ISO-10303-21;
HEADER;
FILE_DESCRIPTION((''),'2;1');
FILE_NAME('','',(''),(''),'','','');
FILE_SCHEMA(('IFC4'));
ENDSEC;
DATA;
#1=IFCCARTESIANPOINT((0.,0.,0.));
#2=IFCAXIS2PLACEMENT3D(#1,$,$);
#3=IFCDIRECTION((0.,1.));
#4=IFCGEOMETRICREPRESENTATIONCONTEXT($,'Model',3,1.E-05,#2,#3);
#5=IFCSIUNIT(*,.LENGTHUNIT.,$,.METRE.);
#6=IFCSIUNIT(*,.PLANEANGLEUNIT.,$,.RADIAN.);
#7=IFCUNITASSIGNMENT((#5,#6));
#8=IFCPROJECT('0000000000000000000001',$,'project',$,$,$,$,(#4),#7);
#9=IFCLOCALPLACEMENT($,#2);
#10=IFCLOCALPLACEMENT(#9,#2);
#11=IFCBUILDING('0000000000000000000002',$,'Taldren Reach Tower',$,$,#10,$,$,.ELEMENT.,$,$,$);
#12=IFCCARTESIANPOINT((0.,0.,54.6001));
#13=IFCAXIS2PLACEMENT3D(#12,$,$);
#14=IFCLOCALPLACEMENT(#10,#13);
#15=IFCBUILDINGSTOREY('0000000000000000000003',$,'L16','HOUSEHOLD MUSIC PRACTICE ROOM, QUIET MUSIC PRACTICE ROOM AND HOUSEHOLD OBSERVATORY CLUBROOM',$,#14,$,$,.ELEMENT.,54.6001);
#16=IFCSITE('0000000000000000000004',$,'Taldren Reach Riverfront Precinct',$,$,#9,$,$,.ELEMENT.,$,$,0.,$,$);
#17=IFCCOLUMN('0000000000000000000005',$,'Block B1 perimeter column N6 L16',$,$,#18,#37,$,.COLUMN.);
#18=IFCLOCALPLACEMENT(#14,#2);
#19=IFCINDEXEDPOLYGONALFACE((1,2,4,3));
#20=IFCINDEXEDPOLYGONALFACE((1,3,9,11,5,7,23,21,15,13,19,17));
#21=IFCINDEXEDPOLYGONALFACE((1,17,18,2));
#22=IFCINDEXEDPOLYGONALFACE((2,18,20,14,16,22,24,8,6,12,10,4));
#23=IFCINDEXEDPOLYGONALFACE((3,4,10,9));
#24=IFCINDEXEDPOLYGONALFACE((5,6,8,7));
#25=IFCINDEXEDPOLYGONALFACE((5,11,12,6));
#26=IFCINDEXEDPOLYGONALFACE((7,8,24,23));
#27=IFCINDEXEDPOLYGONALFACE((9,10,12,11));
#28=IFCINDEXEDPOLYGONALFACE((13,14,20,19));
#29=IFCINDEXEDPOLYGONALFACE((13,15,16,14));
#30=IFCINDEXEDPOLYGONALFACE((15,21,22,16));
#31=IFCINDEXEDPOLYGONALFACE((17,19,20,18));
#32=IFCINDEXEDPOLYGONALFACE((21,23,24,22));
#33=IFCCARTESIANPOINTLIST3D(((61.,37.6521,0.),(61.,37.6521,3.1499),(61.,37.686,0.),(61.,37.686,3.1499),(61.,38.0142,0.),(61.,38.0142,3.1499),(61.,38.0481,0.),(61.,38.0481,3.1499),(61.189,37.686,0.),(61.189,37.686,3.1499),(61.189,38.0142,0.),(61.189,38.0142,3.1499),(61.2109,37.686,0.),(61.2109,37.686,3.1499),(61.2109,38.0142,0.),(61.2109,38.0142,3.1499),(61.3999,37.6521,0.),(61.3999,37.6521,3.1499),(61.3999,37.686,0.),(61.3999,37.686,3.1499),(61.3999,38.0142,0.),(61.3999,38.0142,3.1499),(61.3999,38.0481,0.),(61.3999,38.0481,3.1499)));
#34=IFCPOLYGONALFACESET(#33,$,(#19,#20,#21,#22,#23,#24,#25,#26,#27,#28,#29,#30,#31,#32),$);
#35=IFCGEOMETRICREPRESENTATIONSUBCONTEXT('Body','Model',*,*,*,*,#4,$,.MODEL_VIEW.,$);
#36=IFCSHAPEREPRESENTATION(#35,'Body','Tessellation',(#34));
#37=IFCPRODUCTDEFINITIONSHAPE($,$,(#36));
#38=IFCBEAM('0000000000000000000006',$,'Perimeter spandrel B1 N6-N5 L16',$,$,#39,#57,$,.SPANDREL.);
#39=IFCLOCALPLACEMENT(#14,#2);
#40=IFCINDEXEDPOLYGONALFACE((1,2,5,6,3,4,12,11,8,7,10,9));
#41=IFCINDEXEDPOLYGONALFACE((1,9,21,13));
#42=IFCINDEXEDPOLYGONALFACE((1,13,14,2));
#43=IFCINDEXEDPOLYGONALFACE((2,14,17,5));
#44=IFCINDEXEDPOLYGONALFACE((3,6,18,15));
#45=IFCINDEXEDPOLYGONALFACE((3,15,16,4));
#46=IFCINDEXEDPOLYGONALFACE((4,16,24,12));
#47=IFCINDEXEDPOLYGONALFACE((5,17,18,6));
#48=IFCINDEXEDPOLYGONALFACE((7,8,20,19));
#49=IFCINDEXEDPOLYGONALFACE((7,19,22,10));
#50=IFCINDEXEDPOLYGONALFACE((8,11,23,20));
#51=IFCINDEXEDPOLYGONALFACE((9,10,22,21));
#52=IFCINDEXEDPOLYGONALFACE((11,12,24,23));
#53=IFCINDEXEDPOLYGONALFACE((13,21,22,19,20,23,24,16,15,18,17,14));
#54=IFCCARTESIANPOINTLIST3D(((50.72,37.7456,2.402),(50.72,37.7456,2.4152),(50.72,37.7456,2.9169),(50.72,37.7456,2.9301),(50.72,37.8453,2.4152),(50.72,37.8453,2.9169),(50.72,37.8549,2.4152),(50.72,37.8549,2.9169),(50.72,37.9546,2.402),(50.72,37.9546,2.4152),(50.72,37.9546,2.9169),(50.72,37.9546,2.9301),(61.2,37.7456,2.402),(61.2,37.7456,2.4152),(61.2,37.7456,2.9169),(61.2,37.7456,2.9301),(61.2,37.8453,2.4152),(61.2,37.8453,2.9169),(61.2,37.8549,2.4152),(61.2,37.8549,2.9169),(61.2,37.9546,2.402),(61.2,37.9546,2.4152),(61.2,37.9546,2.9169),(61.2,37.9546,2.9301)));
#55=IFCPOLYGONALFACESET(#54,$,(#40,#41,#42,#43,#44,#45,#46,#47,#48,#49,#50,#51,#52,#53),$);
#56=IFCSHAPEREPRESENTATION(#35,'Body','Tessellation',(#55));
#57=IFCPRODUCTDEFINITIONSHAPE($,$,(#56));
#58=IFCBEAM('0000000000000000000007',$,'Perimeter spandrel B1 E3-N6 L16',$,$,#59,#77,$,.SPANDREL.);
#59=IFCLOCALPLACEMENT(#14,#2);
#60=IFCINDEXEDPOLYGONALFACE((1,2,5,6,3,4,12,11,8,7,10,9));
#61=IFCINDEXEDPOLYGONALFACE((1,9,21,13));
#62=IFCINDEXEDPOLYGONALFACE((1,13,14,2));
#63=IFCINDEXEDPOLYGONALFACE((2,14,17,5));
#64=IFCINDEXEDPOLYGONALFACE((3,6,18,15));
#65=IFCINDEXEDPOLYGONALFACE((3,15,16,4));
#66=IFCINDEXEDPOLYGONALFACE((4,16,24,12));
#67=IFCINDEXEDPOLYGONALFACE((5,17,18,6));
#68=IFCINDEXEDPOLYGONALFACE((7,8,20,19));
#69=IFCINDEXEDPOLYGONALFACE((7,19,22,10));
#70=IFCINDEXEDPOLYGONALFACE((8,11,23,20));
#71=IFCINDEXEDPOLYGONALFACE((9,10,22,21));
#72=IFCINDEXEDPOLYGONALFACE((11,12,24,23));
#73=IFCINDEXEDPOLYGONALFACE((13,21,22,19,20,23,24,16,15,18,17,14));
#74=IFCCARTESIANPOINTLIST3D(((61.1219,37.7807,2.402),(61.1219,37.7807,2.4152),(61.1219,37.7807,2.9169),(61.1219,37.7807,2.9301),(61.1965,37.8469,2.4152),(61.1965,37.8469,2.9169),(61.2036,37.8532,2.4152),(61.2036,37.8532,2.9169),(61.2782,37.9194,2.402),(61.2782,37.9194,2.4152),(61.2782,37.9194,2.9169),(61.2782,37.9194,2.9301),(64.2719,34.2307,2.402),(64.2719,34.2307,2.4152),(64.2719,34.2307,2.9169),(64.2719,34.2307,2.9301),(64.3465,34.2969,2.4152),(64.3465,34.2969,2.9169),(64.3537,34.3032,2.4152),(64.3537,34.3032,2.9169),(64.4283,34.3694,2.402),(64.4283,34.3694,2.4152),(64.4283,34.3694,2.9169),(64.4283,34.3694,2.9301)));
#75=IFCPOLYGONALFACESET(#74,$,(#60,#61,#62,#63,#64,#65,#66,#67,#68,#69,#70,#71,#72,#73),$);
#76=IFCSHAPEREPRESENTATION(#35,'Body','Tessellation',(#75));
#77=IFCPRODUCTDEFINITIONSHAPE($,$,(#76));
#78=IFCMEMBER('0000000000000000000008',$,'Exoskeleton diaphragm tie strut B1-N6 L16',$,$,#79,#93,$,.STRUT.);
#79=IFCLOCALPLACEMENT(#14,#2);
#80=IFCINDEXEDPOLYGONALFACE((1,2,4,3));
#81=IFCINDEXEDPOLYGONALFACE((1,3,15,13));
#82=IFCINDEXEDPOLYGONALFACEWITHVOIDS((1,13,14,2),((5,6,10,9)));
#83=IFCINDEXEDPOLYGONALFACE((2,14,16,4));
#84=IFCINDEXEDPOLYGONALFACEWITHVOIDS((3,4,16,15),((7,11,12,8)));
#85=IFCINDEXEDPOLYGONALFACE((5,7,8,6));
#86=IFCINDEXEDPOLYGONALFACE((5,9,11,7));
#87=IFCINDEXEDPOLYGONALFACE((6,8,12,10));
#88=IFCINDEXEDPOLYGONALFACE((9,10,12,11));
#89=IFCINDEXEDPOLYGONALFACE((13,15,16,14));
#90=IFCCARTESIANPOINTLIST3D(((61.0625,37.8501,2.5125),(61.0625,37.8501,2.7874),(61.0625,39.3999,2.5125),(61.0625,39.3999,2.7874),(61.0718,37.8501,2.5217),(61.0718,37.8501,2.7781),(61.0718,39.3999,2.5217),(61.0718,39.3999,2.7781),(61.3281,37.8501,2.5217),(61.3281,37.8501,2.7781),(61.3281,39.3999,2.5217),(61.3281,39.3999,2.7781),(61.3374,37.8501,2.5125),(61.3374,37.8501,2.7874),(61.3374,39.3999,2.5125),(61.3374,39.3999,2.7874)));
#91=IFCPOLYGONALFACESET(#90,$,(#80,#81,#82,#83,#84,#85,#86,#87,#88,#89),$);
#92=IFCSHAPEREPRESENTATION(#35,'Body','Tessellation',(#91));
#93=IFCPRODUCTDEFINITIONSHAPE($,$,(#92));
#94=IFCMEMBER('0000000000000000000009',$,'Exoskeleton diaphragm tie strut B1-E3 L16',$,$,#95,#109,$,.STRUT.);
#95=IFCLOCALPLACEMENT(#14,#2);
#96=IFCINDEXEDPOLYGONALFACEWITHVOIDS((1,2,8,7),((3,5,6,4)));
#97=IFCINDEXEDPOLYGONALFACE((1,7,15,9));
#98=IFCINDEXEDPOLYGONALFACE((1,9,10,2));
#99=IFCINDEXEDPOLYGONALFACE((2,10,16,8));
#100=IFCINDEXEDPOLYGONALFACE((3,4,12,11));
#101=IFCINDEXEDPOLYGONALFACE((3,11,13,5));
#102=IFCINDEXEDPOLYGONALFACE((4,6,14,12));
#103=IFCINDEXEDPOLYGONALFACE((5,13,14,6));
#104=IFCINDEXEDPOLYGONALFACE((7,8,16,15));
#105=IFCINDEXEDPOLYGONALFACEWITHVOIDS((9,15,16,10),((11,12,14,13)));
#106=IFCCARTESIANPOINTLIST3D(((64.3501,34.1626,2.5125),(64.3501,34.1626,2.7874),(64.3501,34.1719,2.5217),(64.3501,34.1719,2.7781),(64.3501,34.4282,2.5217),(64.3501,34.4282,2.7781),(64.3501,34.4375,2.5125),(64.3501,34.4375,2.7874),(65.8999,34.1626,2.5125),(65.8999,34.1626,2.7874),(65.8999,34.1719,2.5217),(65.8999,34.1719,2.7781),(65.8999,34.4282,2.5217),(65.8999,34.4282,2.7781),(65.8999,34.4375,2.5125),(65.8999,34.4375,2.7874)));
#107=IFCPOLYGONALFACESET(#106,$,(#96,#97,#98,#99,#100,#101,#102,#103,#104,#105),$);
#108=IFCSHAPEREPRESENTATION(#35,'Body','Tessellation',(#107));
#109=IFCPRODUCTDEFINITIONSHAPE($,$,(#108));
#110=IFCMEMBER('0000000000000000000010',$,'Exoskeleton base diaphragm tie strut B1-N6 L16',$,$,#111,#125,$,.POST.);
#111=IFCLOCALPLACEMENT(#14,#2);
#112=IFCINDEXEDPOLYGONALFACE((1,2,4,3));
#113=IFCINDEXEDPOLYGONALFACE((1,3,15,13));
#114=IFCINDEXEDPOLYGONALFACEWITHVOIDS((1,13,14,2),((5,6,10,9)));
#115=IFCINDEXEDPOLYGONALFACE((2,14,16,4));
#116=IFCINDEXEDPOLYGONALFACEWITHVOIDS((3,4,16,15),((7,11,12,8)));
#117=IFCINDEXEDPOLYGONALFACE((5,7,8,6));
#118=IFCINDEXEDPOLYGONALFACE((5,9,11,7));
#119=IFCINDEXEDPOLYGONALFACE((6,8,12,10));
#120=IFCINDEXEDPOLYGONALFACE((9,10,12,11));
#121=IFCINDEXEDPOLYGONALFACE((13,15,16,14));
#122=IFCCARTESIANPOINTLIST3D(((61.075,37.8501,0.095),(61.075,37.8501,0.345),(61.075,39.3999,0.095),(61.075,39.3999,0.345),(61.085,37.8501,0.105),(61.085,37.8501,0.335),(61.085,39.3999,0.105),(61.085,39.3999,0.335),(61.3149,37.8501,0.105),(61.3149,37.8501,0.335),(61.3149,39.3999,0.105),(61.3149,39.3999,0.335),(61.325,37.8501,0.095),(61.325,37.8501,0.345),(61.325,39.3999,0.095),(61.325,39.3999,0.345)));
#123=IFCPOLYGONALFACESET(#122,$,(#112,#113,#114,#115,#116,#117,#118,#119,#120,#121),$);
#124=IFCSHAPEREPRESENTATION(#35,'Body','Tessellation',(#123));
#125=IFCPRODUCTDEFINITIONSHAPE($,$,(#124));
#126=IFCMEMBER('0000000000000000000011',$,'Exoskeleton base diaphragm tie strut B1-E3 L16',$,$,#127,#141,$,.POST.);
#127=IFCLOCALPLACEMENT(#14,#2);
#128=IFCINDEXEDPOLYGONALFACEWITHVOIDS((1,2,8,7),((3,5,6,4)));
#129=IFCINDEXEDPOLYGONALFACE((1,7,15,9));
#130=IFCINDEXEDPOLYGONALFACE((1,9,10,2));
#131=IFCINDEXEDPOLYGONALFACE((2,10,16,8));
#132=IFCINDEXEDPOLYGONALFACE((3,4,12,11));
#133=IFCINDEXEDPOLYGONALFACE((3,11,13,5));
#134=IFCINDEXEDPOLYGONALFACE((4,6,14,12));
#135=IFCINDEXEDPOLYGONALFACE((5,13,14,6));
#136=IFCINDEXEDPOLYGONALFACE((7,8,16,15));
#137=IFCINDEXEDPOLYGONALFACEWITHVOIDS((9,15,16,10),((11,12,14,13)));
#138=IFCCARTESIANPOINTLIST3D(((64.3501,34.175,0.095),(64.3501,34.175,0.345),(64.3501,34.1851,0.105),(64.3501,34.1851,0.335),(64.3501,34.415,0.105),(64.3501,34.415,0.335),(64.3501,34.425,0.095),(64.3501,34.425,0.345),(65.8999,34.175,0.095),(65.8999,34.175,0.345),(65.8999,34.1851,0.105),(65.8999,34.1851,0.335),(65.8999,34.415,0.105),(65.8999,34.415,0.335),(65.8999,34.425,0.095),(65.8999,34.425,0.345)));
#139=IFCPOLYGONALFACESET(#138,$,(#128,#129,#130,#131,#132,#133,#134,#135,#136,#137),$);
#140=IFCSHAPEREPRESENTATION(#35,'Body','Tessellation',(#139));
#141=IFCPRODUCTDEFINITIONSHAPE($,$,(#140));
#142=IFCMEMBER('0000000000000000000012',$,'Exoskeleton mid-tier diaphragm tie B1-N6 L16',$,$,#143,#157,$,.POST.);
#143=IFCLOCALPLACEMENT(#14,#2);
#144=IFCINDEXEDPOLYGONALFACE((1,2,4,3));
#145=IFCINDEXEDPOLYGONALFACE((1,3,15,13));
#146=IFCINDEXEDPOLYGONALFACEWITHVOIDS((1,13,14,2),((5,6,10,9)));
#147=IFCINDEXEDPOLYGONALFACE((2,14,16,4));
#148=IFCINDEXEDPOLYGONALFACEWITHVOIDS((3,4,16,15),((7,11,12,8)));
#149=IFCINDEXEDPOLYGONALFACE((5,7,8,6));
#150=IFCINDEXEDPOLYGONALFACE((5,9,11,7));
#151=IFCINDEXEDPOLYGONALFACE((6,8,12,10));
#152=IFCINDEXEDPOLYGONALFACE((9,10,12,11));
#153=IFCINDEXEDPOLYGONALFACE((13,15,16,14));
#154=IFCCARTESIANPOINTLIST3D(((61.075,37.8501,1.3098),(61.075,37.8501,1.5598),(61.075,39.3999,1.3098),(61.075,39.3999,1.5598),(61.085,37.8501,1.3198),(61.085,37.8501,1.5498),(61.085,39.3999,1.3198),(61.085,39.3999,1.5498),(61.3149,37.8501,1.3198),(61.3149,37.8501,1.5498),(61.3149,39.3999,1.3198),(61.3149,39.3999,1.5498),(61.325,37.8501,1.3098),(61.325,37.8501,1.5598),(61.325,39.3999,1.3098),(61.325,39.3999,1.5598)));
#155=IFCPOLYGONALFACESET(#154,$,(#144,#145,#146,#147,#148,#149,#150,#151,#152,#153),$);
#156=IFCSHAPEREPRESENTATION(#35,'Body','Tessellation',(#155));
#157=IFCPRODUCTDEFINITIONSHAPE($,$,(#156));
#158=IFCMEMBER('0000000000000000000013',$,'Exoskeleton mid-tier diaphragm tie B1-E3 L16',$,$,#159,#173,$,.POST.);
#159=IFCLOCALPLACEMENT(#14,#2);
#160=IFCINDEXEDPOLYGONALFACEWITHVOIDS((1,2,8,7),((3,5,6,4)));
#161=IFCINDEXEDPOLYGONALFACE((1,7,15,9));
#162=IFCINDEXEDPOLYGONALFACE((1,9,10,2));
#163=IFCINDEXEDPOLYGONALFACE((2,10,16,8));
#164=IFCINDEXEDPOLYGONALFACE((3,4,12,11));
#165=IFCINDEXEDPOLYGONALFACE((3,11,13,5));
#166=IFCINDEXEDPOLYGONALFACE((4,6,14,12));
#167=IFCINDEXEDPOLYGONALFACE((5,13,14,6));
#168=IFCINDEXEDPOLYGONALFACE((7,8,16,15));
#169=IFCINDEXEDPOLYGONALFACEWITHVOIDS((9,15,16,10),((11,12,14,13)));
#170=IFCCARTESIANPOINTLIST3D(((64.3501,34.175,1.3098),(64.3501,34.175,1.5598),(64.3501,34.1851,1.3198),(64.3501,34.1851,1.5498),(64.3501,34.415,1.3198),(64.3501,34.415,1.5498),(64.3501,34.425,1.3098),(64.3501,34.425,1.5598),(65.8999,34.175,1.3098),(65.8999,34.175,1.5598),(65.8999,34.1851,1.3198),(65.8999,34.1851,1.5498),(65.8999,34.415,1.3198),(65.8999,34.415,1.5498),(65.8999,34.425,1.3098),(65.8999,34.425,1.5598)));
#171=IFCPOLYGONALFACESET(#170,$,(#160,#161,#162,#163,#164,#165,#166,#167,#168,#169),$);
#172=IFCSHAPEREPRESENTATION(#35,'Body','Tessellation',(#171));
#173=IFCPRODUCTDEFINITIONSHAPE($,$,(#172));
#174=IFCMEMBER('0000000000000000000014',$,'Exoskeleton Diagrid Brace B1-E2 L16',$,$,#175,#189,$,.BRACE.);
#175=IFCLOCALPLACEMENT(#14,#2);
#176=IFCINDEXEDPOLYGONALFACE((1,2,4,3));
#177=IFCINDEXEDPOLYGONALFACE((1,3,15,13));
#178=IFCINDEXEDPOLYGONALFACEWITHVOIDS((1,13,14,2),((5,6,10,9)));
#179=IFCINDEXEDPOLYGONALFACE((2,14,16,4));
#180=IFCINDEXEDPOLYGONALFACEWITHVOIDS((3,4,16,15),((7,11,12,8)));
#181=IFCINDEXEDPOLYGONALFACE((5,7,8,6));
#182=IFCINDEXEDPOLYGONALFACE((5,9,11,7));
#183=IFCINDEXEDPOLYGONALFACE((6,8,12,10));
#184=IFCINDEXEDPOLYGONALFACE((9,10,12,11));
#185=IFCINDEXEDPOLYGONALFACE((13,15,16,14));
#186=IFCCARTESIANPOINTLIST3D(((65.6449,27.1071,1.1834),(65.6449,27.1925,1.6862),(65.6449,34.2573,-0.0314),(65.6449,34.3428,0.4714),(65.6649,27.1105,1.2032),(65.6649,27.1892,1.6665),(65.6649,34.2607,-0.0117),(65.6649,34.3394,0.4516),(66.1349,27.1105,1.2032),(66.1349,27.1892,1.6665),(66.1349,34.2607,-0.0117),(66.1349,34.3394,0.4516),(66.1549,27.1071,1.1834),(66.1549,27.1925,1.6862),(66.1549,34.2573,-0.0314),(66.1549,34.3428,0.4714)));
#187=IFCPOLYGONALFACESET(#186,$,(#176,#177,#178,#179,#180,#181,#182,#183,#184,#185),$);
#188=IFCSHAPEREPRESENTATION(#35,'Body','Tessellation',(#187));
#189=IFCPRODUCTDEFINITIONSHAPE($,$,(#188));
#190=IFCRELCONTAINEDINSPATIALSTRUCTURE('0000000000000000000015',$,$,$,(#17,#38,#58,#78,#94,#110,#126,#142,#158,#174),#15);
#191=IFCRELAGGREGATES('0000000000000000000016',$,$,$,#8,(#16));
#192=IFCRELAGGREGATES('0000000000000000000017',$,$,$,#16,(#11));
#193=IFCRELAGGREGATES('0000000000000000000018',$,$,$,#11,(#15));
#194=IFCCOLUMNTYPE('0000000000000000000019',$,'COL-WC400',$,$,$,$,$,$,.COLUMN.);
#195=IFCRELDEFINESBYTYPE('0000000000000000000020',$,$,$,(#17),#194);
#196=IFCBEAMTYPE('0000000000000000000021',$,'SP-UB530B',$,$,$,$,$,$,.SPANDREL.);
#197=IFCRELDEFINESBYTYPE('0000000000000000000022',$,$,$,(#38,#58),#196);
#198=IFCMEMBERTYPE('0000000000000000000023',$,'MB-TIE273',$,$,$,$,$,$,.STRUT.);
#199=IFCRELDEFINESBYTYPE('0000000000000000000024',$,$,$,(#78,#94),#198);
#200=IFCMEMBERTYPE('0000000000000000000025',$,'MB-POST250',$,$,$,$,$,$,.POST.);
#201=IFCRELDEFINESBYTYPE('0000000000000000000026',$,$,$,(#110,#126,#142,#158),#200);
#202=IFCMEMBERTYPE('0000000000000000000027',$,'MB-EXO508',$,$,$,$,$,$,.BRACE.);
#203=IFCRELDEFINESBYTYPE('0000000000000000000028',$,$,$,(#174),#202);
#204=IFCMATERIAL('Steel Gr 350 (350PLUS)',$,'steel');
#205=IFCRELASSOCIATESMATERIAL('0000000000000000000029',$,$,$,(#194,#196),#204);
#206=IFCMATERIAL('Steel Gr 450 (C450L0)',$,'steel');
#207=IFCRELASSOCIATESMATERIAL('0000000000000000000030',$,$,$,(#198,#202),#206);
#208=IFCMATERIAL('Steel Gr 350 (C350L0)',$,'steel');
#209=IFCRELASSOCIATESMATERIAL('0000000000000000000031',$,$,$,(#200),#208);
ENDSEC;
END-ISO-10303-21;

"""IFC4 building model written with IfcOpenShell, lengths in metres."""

from ifc_helpers import new_model, si_unit, direction, frame, origin, origin_2d, place, context, subcontext, project, spatial, hollow_rectangle, i_section, extrude, source, transform, mapped, material, material_profile, profile_set, type_object, element, save


model = new_model("IFC4")

# Units and contexts
model_context = context("Model", 3, precision=1e-05, world=origin(), true_north=direction((0.0, 1.0)))
body_context = subcontext(model_context, "Body", "Model", "MODEL_VIEW")
ifc_project = project(units=[si_unit("LENGTHUNIT", "METRE"), si_unit("PLANEANGLEUNIT", "RADIAN")], contexts=[model_context])

# Site, building, storey
site_placement = place(None, origin())
site = spatial("IfcSite", under=ifc_project, at=site_placement, Name="Taldren Reach Riverfront Precinct", CompositionType="ELEMENT", RefElevation=0.0)
building_placement = place(site_placement, origin())
building = spatial("IfcBuilding", under=site, at=building_placement, Name="Taldren Reach Tower", CompositionType="ELEMENT")
storey_placement = place(building_placement, frame((0.0, 0.0, 54.6001)))
storey = spatial("IfcBuildingStorey", under=building, at=storey_placement, Name="L16", Description="HOUSEHOLD MUSIC PRACTICE ROOM, QUIET MUSIC PRACTICE ROOM AND HOUSEHOLD OBSERVATORY CLUBROOM", CompositionType="ELEMENT", Elevation=54.6001)

# Column
ifc_material_1 = material(Name="Steel Gr 350 (350PLUS)", Category="steel")
ifc_material_profile_1 = material_profile(ifc_material_1, i_section(OverallWidth=0.3999, OverallDepth=0.396, WebThickness=0.022, FlangeThickness=0.0339, at=origin_2d()), Name="400WC270")
ifc_profile_set_1 = profile_set([ifc_material_profile_1], Name="Steel Gr 350 (350PLUS)")
column_type = type_object("IfcColumnType", Name="COL-WC400", PredefinedType="COLUMN", material=ifc_profile_set_1)
shared_shape_1 = source(origin(), body_context, "Body", "SweptSolid", [
    extrude(i_section(OverallWidth=0.3999, OverallDepth=0.396, WebThickness=0.022, FlangeThickness=0.0339, at=origin_2d()), origin(), (0.0, 0.0, 1.0), 3.1499),
])
column_placement = place(storey_placement, frame((61.2, 37.8501, 0.0), z_axis=(0.0, 0.0, 1.0), x_axis=(1.0, 0.0, 0.0)))
element("IfcColumn", 1, at=column_placement, inside=storey, type_object=column_type, Name="Block B1 perimeter column N6 L16", PredefinedType="COLUMN", context=body_context, shape_type="MappedRepresentation", body=[
    mapped(shared_shape_1, transform((0.0, 0.0, 0.0), scale=1.0)),
])

# Beams
ifc_material_profile_2 = material_profile(ifc_material_1, i_section(OverallWidth=0.209, OverallDepth=0.5281, WebThickness=0.0095, FlangeThickness=0.0132, at=origin_2d()), Name="530UB82.0")
ifc_profile_set_2 = profile_set([ifc_material_profile_2], Name="Steel Gr 350 (350PLUS)")
beam_type = type_object("IfcBeamType", Name="SP-UB530B", PredefinedType="SPANDREL", material=ifc_profile_set_2)
shared_shape_2 = source(origin(), body_context, "Body", "SweptSolid", [
    extrude(i_section(OverallWidth=0.209, OverallDepth=0.5281, WebThickness=0.0095, FlangeThickness=0.0132, at=origin_2d()), origin(), (0.0, 0.0, 1.0), 10.48),
])
beam_1_placement = place(storey_placement, frame((61.2, 37.8501, 2.666), z_axis=(-1.0, 0.0, 0.0), x_axis=(0.0, -1.0, 0.0)))
element("IfcBeam", 2, at=beam_1_placement, inside=storey, type_object=beam_type, Name="Perimeter spandrel B1 N6-N5 L16", PredefinedType="SPANDREL", context=body_context, shape_type="MappedRepresentation", body=[
    mapped(shared_shape_2, transform((0.0, 0.0, 0.0), scale=1.0)),
])
shared_shape_3 = source(origin(), body_context, "Body", "SweptSolid", [
    extrude(i_section(OverallWidth=0.209, OverallDepth=0.5281, WebThickness=0.0095, FlangeThickness=0.0132, at=origin_2d()), origin(), (0.0, 0.0, 1.0), 4.7461),
])
beam_2_placement = place(storey_placement, frame((64.3501, 34.3, 2.666), z_axis=(-0.663722, 0.747979, 0.0), x_axis=(-0.747979, -0.663722, 0.0)))
element("IfcBeam", 3, at=beam_2_placement, inside=storey, type_object=beam_type, Name="Perimeter spandrel B1 E3-N6 L16", PredefinedType="SPANDREL", context=body_context, shape_type="MappedRepresentation", body=[
    mapped(shared_shape_3, transform((0.0, 0.0, 0.0), scale=1.0)),
])

# Members
ifc_material_2 = material(Name="Steel Gr 450 (C450L0)", Category="steel")
ifc_material_profile_3 = material_profile(ifc_material_2, hollow_rectangle(XDim=0.2749, YDim=0.2749, WallThickness=0.0093, at=origin_2d()), Name="275x275x9.3SHS")
ifc_profile_set_3 = profile_set([ifc_material_profile_3], Name="Steel Gr 450 (C450L0)")
member_type_1 = type_object("IfcMemberType", Name="MB-TIE273", PredefinedType="STRUT", material=ifc_profile_set_3)
shared_shape_4 = source(origin(), body_context, "Body", "SweptSolid", [
    extrude(hollow_rectangle(XDim=0.2749, YDim=0.2749, WallThickness=0.0093, at=origin_2d()), origin(), (0.0, 0.0, 1.0), 1.5498),
])
for number, where, z_axis, x_axis, name in (
    (4, (61.2, 37.8501, 2.6499), (0.0, 1.0, 0.0), (-1.0, 0.0, 0.0), "Exoskeleton diaphragm tie strut B1-N6 L16"),
    (5, (64.3501, 34.3, 2.6499), (1.0, 0.0, 0.0), (0.0, 1.0, 0.0), "Exoskeleton diaphragm tie strut B1-E3 L16"),
):
    element("IfcMember", number, at=place(storey_placement, frame(where, z_axis=z_axis, x_axis=x_axis)), inside=storey, type_object=member_type_1, Name=name, PredefinedType="STRUT", context=body_context, shape_type="MappedRepresentation", body=[
        mapped(shared_shape_4, transform((0.0, 0.0, 0.0), scale=1.0)),
    ])
ifc_material_3 = material(Name="Steel Gr 350 (C350L0)", Category="steel")
ifc_material_profile_4 = material_profile(ifc_material_3, hollow_rectangle(XDim=0.25, YDim=0.25, WallThickness=0.01, at=origin_2d()), Name="250x250x10.0SHS")
ifc_profile_set_4 = profile_set([ifc_material_profile_4], Name="Steel Gr 350 (C350L0)")
member_type_2 = type_object("IfcMemberType", Name="MB-POST250", PredefinedType="POST", material=ifc_profile_set_4)
shared_shape_5 = source(origin(), body_context, "Body", "SweptSolid", [
    extrude(hollow_rectangle(XDim=0.25, YDim=0.25, WallThickness=0.01, at=origin_2d()), origin(), (0.0, 0.0, 1.0), 1.5498),
])
for number, where, z_axis, x_axis, name in (
    (6, (61.2, 37.8501, 0.22), (0.0, 1.0, 0.0), (-1.0, 0.0, 0.0), "Exoskeleton base diaphragm tie strut B1-N6 L16"),
    (7, (64.3501, 34.3, 0.22), (1.0, 0.0, 0.0), (0.0, 1.0, 0.0), "Exoskeleton base diaphragm tie strut B1-E3 L16"),
    (8, (61.2, 37.8501, 1.4348), (0.0, 1.0, 0.0), (-1.0, 0.0, 0.0), "Exoskeleton mid-tier diaphragm tie B1-N6 L16"),
    (9, (64.3501, 34.3, 1.4348), (1.0, 0.0, 0.0), (0.0, 1.0, 0.0), "Exoskeleton mid-tier diaphragm tie B1-E3 L16"),
):
    element("IfcMember", number, at=place(storey_placement, frame(where, z_axis=z_axis, x_axis=x_axis)), inside=storey, type_object=member_type_2, Name=name, PredefinedType="POST", context=body_context, shape_type="MappedRepresentation", body=[
        mapped(shared_shape_5, transform((0.0, 0.0, 0.0), scale=1.0)),
    ])
ifc_material_profile_5 = material_profile(ifc_material_2, hollow_rectangle(XDim=0.51, YDim=0.51, WallThickness=0.02, at=origin_2d()), Name="510x510x20.0SHS")
ifc_profile_set_5 = profile_set([ifc_material_profile_5], Name="Steel Gr 450 (C450L0)")
member_type_3 = type_object("IfcMemberType", Name="MB-EXO508", PredefinedType="BRACE", material=ifc_profile_set_5)
shared_shape_6 = source(origin(), body_context, "Body", "SweptSolid", [
    extrude(hollow_rectangle(XDim=0.51, YDim=0.51, WallThickness=0.02, at=origin_2d()), origin(), (0.0, 0.0, 1.0), 7.2527),
])
member_1_placement = place(storey_placement, frame((65.8999, 34.3, 0.22), z_axis=(0.0, -0.985871, 0.167504), x_axis=(1.0, 0.0, 0.0)))
element("IfcMember", 10, at=member_1_placement, inside=storey, type_object=member_type_3, Name="Exoskeleton Diagrid Brace B1-E2 L16", PredefinedType="BRACE", context=body_context, shape_type="MappedRepresentation", body=[
    mapped(shared_shape_6, transform((0.0, 0.0, 0.0), scale=1.0)),
])

save(model, "model.ifc")
